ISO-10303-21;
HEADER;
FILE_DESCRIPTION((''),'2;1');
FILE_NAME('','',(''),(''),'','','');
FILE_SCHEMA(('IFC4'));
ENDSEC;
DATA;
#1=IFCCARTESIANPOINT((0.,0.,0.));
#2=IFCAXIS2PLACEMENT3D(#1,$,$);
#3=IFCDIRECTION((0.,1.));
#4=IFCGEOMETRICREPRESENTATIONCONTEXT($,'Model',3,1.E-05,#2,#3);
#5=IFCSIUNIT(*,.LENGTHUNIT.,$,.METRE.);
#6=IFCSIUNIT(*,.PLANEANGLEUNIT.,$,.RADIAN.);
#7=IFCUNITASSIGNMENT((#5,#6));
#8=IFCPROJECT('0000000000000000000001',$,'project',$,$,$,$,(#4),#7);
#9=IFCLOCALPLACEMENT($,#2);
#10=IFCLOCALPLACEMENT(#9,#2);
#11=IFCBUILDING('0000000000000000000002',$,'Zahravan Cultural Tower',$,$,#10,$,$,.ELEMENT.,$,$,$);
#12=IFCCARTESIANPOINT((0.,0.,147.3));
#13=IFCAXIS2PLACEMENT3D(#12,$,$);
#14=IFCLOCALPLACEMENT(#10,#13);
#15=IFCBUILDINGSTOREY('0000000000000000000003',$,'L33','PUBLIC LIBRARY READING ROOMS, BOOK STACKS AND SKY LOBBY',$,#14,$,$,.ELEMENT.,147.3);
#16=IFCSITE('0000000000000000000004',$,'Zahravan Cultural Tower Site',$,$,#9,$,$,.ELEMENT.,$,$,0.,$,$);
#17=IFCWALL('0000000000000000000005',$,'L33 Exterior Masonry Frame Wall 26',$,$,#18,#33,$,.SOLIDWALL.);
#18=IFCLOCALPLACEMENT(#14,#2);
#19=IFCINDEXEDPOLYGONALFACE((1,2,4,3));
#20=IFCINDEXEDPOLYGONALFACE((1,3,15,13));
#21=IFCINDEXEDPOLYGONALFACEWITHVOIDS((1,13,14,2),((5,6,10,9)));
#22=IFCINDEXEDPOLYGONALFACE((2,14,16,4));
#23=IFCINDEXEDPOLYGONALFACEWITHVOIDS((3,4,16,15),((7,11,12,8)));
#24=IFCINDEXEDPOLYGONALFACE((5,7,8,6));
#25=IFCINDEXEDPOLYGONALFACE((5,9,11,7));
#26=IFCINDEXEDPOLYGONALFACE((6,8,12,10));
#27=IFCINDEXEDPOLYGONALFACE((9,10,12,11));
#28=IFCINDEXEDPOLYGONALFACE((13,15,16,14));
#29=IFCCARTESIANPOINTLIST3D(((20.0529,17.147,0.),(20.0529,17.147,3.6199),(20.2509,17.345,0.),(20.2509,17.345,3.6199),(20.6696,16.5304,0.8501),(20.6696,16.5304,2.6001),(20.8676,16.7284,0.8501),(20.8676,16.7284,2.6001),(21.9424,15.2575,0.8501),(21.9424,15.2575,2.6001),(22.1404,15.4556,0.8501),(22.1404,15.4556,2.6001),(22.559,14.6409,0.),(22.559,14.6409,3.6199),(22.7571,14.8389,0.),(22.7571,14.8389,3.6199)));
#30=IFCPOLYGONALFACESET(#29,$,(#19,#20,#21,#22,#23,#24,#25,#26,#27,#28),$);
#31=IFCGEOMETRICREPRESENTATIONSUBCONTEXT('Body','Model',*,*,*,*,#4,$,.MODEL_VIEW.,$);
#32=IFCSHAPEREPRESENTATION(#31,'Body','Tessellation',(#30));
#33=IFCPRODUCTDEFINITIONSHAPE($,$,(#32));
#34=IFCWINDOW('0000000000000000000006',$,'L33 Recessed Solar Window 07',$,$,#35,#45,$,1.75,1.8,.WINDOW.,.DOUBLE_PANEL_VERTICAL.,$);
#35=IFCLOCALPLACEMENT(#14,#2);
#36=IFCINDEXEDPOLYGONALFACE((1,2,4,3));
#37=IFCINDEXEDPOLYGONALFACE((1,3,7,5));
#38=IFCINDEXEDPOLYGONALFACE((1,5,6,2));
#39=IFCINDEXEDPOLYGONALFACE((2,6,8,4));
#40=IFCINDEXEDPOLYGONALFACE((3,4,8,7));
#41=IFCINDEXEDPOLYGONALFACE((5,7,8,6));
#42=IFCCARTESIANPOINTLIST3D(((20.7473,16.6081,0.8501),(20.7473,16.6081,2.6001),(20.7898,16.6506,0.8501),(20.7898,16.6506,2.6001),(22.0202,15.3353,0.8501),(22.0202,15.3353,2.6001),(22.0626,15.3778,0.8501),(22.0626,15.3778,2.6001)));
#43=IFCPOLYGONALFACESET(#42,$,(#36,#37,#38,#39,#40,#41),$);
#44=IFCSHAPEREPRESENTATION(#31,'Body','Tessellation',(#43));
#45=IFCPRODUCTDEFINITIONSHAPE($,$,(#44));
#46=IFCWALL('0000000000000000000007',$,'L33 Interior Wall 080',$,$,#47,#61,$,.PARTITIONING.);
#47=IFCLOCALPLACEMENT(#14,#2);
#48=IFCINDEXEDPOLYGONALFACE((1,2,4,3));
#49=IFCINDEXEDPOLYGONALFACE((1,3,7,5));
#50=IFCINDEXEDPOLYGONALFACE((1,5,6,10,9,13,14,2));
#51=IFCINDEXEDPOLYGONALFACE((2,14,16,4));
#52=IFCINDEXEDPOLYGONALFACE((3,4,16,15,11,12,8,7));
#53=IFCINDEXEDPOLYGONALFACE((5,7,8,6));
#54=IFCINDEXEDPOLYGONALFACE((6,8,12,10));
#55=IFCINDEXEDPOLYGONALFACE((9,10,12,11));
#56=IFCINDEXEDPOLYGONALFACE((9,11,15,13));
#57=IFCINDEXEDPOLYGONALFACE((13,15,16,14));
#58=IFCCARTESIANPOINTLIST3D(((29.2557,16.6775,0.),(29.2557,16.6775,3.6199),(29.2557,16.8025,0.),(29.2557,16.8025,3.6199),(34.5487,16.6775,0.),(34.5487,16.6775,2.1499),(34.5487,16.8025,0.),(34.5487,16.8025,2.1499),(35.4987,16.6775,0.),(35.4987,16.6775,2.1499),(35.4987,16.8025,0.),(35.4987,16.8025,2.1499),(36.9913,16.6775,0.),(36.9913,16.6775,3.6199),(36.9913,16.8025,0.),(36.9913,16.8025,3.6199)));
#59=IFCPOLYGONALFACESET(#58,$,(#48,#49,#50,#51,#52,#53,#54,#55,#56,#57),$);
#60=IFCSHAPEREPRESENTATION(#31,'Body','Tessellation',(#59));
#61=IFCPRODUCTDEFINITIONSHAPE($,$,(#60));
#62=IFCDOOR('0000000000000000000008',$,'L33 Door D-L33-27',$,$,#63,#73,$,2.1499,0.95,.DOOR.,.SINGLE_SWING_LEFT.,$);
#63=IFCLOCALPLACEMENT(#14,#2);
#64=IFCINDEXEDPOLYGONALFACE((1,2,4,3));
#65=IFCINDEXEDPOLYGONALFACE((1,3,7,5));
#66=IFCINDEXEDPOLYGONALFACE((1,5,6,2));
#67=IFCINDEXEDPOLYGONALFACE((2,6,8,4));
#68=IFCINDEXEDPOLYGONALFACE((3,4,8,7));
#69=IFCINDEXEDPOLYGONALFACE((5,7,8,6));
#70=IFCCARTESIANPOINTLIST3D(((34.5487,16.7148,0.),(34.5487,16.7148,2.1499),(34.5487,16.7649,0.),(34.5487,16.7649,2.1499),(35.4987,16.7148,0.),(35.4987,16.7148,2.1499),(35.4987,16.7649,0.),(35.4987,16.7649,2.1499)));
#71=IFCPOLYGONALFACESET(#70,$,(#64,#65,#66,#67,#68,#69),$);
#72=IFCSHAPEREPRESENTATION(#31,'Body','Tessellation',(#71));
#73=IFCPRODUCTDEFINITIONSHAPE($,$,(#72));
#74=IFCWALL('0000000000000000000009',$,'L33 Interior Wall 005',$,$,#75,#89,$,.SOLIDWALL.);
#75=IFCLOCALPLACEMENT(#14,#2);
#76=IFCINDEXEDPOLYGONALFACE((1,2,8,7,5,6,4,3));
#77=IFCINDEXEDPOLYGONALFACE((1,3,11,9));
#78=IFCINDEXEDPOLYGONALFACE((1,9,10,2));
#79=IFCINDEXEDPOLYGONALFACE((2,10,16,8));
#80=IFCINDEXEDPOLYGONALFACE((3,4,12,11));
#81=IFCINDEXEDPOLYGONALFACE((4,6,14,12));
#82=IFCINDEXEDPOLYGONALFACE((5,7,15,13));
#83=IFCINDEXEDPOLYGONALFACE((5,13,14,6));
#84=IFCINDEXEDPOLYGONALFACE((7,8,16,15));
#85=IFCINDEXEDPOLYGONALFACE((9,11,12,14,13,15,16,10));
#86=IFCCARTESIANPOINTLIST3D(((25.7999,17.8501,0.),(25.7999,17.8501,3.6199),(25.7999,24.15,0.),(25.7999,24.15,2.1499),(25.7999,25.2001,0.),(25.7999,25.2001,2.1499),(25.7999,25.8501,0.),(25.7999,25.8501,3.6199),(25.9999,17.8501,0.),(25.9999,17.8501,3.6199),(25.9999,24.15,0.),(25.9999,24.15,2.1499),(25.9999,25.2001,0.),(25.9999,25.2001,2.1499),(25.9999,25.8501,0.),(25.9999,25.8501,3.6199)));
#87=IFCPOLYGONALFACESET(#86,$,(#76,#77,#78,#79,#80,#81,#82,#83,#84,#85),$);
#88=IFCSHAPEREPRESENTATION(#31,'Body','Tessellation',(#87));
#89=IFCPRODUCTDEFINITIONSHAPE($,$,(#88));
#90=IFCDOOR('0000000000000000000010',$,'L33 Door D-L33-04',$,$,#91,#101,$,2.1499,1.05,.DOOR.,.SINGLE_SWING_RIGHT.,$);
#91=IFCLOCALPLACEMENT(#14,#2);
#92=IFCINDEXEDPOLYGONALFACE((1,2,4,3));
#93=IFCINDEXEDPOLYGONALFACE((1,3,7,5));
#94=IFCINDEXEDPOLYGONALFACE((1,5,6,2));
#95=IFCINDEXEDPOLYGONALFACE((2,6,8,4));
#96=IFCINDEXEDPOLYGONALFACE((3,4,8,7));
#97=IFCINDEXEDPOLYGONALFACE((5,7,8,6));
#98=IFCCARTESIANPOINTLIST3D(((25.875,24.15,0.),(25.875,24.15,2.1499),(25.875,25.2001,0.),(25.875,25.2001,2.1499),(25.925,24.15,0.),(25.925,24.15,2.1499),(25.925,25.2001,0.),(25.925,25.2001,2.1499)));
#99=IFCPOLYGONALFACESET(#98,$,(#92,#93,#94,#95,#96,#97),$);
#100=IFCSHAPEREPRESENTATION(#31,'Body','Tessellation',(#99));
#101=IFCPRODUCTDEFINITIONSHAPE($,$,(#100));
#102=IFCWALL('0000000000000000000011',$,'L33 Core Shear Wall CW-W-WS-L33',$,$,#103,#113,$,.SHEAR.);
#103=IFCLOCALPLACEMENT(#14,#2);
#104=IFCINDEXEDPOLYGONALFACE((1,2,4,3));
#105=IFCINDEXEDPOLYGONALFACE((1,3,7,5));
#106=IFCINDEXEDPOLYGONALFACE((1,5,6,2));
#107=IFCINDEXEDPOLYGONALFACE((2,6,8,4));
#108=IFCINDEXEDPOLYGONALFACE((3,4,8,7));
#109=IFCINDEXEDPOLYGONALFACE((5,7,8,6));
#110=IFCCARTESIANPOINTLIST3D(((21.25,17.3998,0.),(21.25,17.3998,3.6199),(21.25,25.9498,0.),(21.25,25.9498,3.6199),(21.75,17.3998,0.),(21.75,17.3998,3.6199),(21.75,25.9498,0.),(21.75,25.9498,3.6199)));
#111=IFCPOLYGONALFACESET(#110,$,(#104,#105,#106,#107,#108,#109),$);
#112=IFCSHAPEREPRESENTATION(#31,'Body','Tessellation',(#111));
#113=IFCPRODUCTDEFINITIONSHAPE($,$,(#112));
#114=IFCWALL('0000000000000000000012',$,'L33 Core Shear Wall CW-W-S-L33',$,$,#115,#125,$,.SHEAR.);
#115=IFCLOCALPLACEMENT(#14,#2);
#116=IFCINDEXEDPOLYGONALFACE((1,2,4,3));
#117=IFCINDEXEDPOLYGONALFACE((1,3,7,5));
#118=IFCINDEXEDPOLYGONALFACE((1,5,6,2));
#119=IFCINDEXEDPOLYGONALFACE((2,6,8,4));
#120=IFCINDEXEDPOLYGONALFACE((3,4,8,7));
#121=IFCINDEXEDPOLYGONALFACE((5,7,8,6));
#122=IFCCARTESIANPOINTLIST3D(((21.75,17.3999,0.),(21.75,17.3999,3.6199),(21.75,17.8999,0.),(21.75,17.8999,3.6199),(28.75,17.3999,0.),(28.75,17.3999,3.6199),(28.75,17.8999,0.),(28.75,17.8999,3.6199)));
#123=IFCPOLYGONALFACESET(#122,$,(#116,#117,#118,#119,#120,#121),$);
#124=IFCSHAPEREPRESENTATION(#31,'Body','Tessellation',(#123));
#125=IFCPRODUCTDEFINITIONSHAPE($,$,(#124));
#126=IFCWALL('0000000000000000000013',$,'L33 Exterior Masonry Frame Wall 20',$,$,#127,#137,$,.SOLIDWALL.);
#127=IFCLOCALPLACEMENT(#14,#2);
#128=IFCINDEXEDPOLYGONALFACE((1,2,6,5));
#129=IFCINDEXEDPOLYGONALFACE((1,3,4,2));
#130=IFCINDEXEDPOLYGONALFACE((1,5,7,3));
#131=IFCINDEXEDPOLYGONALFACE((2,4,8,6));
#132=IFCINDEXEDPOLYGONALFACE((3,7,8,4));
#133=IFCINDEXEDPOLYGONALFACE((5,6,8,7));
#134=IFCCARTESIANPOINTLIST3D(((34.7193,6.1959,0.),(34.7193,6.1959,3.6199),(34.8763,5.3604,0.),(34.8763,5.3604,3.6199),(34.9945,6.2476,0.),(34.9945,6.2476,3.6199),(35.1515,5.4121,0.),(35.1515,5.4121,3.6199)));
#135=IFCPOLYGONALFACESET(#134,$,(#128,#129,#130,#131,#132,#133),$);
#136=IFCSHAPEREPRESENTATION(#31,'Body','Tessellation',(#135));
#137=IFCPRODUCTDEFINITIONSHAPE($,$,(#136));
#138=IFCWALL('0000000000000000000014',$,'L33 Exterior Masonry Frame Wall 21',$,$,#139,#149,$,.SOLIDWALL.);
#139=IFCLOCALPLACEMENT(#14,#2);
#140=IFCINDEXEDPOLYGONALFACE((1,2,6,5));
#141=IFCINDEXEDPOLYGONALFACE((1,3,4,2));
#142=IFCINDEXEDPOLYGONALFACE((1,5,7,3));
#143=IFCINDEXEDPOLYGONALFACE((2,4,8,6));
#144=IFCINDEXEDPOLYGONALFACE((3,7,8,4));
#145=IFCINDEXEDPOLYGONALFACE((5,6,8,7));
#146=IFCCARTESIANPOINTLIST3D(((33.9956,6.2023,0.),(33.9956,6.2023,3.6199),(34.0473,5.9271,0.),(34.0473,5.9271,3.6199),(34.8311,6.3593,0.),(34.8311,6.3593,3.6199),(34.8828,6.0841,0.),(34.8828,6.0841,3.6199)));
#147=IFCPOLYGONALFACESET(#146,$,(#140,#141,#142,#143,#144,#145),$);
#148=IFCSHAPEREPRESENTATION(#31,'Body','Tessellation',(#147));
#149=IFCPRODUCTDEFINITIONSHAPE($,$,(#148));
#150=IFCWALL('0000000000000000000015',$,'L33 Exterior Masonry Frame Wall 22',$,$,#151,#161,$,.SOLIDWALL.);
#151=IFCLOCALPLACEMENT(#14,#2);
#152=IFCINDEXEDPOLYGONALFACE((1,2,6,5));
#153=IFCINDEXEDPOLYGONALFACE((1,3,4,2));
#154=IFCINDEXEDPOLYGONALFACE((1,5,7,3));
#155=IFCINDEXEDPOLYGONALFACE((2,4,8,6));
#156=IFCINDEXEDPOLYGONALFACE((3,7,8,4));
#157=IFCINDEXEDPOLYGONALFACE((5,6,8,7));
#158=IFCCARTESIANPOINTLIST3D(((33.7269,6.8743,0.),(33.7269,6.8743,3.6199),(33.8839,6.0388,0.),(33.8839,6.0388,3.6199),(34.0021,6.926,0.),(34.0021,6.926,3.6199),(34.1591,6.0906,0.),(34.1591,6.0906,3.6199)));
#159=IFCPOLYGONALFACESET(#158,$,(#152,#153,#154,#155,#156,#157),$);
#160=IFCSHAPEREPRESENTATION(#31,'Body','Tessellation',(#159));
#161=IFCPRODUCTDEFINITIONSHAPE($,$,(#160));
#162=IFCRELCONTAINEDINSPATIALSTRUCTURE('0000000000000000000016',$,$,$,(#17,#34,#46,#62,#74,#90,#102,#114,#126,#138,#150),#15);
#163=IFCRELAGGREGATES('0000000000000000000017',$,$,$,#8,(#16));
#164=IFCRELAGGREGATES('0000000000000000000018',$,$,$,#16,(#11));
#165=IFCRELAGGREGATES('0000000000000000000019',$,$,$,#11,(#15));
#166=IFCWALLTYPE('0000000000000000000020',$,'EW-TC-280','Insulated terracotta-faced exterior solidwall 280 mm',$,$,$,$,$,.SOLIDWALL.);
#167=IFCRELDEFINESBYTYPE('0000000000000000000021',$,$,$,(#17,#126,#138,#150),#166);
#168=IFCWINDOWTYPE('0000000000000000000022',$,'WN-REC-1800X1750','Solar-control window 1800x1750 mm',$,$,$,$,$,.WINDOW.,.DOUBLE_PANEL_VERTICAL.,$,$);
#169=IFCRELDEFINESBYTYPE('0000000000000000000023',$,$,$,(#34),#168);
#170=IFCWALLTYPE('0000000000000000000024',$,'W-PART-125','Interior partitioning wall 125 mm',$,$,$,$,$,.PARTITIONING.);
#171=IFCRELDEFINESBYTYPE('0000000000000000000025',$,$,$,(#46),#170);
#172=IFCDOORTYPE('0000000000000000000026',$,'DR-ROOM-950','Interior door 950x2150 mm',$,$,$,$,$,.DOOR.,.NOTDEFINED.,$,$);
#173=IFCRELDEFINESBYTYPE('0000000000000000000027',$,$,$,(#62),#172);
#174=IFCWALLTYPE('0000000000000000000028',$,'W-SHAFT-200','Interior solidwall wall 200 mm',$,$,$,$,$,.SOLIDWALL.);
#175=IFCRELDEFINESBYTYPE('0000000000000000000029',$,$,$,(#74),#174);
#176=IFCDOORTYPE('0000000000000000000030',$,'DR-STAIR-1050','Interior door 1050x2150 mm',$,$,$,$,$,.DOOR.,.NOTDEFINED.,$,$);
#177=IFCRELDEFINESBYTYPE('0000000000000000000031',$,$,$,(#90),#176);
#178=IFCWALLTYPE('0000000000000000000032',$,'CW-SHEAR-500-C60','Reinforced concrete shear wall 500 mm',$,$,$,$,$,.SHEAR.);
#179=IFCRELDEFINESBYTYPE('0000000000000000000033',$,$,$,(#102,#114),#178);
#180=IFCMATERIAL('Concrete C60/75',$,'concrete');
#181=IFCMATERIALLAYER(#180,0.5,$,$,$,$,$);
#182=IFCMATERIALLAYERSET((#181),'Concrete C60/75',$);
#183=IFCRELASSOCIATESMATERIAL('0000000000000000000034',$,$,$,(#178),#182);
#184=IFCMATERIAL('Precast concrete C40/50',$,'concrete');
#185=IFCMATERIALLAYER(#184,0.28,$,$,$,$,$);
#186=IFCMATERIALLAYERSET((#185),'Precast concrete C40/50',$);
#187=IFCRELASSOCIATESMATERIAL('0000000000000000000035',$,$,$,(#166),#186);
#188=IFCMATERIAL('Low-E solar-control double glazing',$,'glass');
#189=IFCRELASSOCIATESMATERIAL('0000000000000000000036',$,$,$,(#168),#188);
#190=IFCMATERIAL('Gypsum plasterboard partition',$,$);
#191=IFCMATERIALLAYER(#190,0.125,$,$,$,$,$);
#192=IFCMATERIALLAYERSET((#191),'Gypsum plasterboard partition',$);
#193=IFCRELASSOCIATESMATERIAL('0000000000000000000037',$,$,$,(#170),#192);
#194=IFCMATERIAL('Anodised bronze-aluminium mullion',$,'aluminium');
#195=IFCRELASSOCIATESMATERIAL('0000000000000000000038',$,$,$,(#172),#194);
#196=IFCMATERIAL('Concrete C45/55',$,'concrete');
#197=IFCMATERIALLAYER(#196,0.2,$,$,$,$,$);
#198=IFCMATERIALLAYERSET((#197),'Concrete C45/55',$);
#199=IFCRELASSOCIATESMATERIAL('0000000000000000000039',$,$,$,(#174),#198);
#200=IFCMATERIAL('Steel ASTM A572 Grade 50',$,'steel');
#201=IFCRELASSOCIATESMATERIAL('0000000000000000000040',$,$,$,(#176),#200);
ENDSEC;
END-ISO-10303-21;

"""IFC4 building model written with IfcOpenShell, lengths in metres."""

from ifc_helpers import new_model, si_unit, direction, frame, frame_2d, origin, place, context, subcontext, project, spatial, rectangle, extrude, source, transform, mapped, material, layer, layer_set, type_object, element, fill, save


model = new_model("IFC4")

# Units and contexts
model_context = context("Model", 3, precision=1e-05, world=origin(), true_north=direction((0.0, 1.0)))
body_context = subcontext(model_context, "Body", "Model", "MODEL_VIEW")
ifc_project = project(units=[si_unit("LENGTHUNIT", "METRE"), si_unit("PLANEANGLEUNIT", "RADIAN")], contexts=[model_context])

# Site, building, storey
site_placement = place(None, origin())
site = spatial("IfcSite", under=ifc_project, at=site_placement, Name="Zahravan Cultural Tower Site", CompositionType="ELEMENT", RefElevation=0.0)
building_placement = place(site_placement, origin())
building = spatial("IfcBuilding", under=site, at=building_placement, Name="Zahravan Cultural Tower", CompositionType="ELEMENT")
storey_placement = place(building_placement, frame((0.0, 0.0, 147.3)))
storey = spatial("IfcBuildingStorey", under=building, at=storey_placement, Name="L33", Description="PUBLIC LIBRARY READING ROOMS, BOOK STACKS AND SKY LOBBY", CompositionType="ELEMENT", Elevation=147.3)

# Shared definitions
ifc_material_1 = material(Name="Concrete C60/75", Category="concrete")
ifc_layer_1 = layer(ifc_material_1, 0.5)
ifc_layer_set_1 = layer_set([ifc_layer_1], Name="Concrete C60/75")
wall_type_1 = type_object("IfcWallType", Name="CW-SHEAR-500-C60", Description="Reinforced concrete shear wall 500 mm", PredefinedType="SHEAR", material=ifc_layer_set_1)
ifc_material_2 = material(Name="Steel ASTM A572 Grade 50", Category="steel")

# Wall, opening, window
ifc_material_3 = material(Name="Precast concrete C40/50", Category="concrete")
ifc_layer_2 = layer(ifc_material_3, 0.28)
ifc_layer_set_2 = layer_set([ifc_layer_2], Name="Precast concrete C40/50")
wall_type_2 = type_object("IfcWallType", Name="EW-TC-280", Description="Insulated terracotta-faced exterior solidwall 280 mm", PredefinedType="SOLIDWALL", material=ifc_layer_set_2)
ifc_material_4 = material(Name="Low-E solar-control double glazing", Category="glass")
window_type = type_object("IfcWindowType", Name="WN-REC-1800X1750", Description="Solar-control window 1800x1750 mm", PartitioningType="DOUBLE_PANEL_VERTICAL", PredefinedType="WINDOW", material=ifc_material_4)
shared_shape_1 = source(origin(), body_context, "Body", "SweptSolid", [
    extrude(rectangle(XDim=1.8, YDim=1.75, at=frame_2d((0.8999, 0.875))), frame((0.0, 0.03, 0.0), z_axis=(0.0, -1.0, 0.0), x_axis=(1.0, 0.0, 0.0)), (0.0, 0.0, 1.0), 0.0601),
])
wall_1_placement = place(storey_placement, frame((22.658, 14.74, 0.0), z_axis=(0.0, 0.0, 1.0), x_axis=(-0.707107, 0.707107, 0.0)))
wall_1 = element("IfcWall", 1, at=wall_1_placement, inside=storey, type_object=wall_type_2, Name="L33 Exterior Masonry Frame Wall 26", PredefinedType="SOLIDWALL", context=body_context, shape_type="SweptSolid", body=[
    extrude(rectangle(XDim=3.5442, YDim=0.28, at=frame_2d((1.772, 0.0))), origin(), (0.0, 0.0, 1.0), 3.6199),
])
opening_1_placement = place(wall_1_placement, frame((0.8721, 0.0, 0.8501)))
opening_1 = element("IfcOpeningElement", 2, at=opening_1_placement, cuts=wall_1, PredefinedType="OPENING", context=body_context, shape_type="SweptSolid", body=[
    extrude(rectangle(XDim=1.8, YDim=1.75, at=frame_2d((0.8999, 0.875))), frame((0.0, 0.1499, 0.0), z_axis=(0.0, -1.0, 0.0), x_axis=(1.0, 0.0, 0.0)), (0.0, 0.0, 1.0), 0.3),
])
window_1_placement = place(opening_1_placement, origin())
window_1 = element("IfcWindow", 3, at=window_1_placement, inside=storey, type_object=window_type, Name="L33 Recessed Solar Window 07", OverallHeight=1.75, OverallWidth=1.8, PartitioningType="DOUBLE_PANEL_VERTICAL", PredefinedType="WINDOW", context=body_context, shape_type="MappedRepresentation", body=[
    mapped(shared_shape_1, transform((0.0, 0.0, 0.0), x_axis=(1.0, 0.0, 0.0), y_axis=(0.0, 1.0, 0.0), z_axis=(0.0, 0.0, 1.0), scale=1.0)),
])
fill(opening_1, window_1)

# Walls, openings, doors
ifc_material_5 = material(Name="Gypsum plasterboard partition")
ifc_layer_3 = layer(ifc_material_5, 0.125)
ifc_layer_set_3 = layer_set([ifc_layer_3], Name="Gypsum plasterboard partition")
wall_type_3 = type_object("IfcWallType", Name="W-PART-125", Description="Interior partitioning wall 125 mm", PredefinedType="PARTITIONING", material=ifc_layer_set_3)
wall_2_placement = place(storey_placement, frame((29.2559, 16.74, 0.0), z_axis=(0.0, 0.0, 1.0), x_axis=(1.0, 0.0, 0.0)))
wall_2 = element("IfcWall", 4, at=wall_2_placement, inside=storey, type_object=wall_type_3, Name="L33 Interior Wall 080", PredefinedType="PARTITIONING", context=body_context, shape_type="SweptSolid", body=[
    extrude(rectangle(XDim=7.7356, YDim=0.125, at=frame_2d((3.8677, 0.0))), origin(), (0.0, 0.0, 1.0), 3.6199),
])
opening_2_placement = place(wall_2_placement, frame((5.2927, 0.0, 0.0)))
opening_2 = element("IfcOpeningElement", 5, at=opening_2_placement, cuts=wall_2, PredefinedType="OPENING", context=body_context, shape_type="SweptSolid", body=[
    extrude(rectangle(XDim=0.95, YDim=2.1499, at=frame_2d((0.4751, 1.075))), frame((0.0, 0.0725, 0.0), z_axis=(0.0, -1.0, 0.0), x_axis=(1.0, 0.0, 0.0)), (0.0, 0.0, 1.0), 0.145),
])
ifc_material_6 = material(Name="Anodised bronze-aluminium mullion", Category="aluminium")
door_type_1 = type_object("IfcDoorType", Name="DR-ROOM-950", Description="Interior door 950x2150 mm", OperationType="NOTDEFINED", PredefinedType="DOOR", material=ifc_material_6)
shared_shape_2 = source(origin(), body_context, "Body", "SweptSolid", [
    extrude(rectangle(XDim=0.95, YDim=2.1499, at=frame_2d((0.4751, 1.075))), frame((0.0, 0.0249, 0.0), z_axis=(0.0, -1.0, 0.0), x_axis=(1.0, 0.0, 0.0)), (0.0, 0.0, 1.0), 0.05),
])
door_1_placement = place(opening_2_placement, origin())
door_1 = element("IfcDoor", 6, at=door_1_placement, inside=storey, type_object=door_type_1, Name="L33 Door D-L33-27", OperationType="SINGLE_SWING_LEFT", OverallHeight=2.1499, OverallWidth=0.95, PredefinedType="DOOR", context=body_context, shape_type="MappedRepresentation", body=[
    mapped(shared_shape_2, transform((0.0, 0.0, 0.0), x_axis=(1.0, 0.0, 0.0), y_axis=(0.0, 1.0, 0.0), z_axis=(0.0, 0.0, 1.0), scale=1.0)),
])
fill(opening_2, door_1)
ifc_material_7 = material(Name="Concrete C45/55", Category="concrete")
ifc_layer_4 = layer(ifc_material_7, 0.2)
ifc_layer_set_4 = layer_set([ifc_layer_4], Name="Concrete C45/55")
wall_type_4 = type_object("IfcWallType", Name="W-SHAFT-200", Description="Interior solidwall wall 200 mm", PredefinedType="SOLIDWALL", material=ifc_layer_set_4)
wall_3_placement = place(storey_placement, frame((25.8999, 17.8501, 0.0), z_axis=(0.0, 0.0, 1.0), x_axis=(0.0, 1.0, 0.0)))
wall_3 = element("IfcWall", 7, at=wall_3_placement, inside=storey, type_object=wall_type_4, Name="L33 Interior Wall 005", PredefinedType="SOLIDWALL", context=body_context, shape_type="SweptSolid", body=[
    extrude(rectangle(XDim=8.0, YDim=0.2, at=frame_2d((4.0, 0.0))), origin(), (0.0, 0.0, 1.0), 3.6199),
])
opening_3_placement = place(wall_3_placement, frame((6.3, 0.0, 0.0)))
opening_3 = element("IfcOpeningElement", 8, at=opening_3_placement, cuts=wall_3, PredefinedType="OPENING", context=body_context, shape_type="SweptSolid", body=[
    extrude(rectangle(XDim=1.05, YDim=2.1499, at=frame_2d((0.5249, 1.075))), frame((0.0, 0.1099, 0.0), z_axis=(0.0, -1.0, 0.0), x_axis=(1.0, 0.0, 0.0)), (0.0, 0.0, 1.0), 0.22),
])
door_type_2 = type_object("IfcDoorType", Name="DR-STAIR-1050", Description="Interior door 1050x2150 mm", OperationType="NOTDEFINED", PredefinedType="DOOR", material=ifc_material_2)
shared_shape_3 = source(origin(), body_context, "Body", "SweptSolid", [
    extrude(rectangle(XDim=1.05, YDim=2.1499, at=frame_2d((0.5249, 1.075))), frame((0.0, 0.0249, 0.0), z_axis=(0.0, -1.0, 0.0), x_axis=(1.0, 0.0, 0.0)), (0.0, 0.0, 1.0), 0.05),
])
door_2_placement = place(opening_3_placement, origin())
door_2 = element("IfcDoor", 9, at=door_2_placement, inside=storey, type_object=door_type_2, Name="L33 Door D-L33-04", OperationType="SINGLE_SWING_RIGHT", OverallHeight=2.1499, OverallWidth=1.05, PredefinedType="DOOR", context=body_context, shape_type="MappedRepresentation", body=[
    mapped(shared_shape_3, transform((0.0, 0.0, 0.0), x_axis=(1.0, 0.0, 0.0), y_axis=(0.0, 1.0, 0.0), z_axis=(0.0, 0.0, 1.0), scale=1.0)),
])
fill(opening_3, door_2)

# Walls
shared_shape_4 = source(origin(), body_context, "Body", "SweptSolid", [
    extrude(rectangle(XDim=8.55, YDim=0.5, at=frame_2d((4.2749, 0.0))), origin(), (0.0, 0.0, 1.0), 3.6199),
])
wall_4_placement = place(storey_placement, frame((21.5, 17.3999, 0.0), z_axis=(0.0, 0.0, 1.0), x_axis=(0.0, 1.0, 0.0)))
element("IfcWall", 10, at=wall_4_placement, inside=storey, type_object=wall_type_1, Name="L33 Core Shear Wall CW-W-WS-L33", PredefinedType="SHEAR", context=body_context, shape_type="MappedRepresentation", body=[
    mapped(shared_shape_4, transform((0.0, 0.0, 0.0), x_axis=(1.0, 0.0, 0.0), y_axis=(0.0, 1.0, 0.0), z_axis=(0.0, 0.0, 1.0), scale=1.0)),
])
shared_shape_5 = source(origin(), body_context, "Body", "SweptSolid", [
    extrude(rectangle(XDim=7.0, YDim=0.5, at=frame_2d((3.5, 0.0))), origin(), (0.0, 0.0, 1.0), 3.6199),
])
wall_5_placement = place(storey_placement, frame((21.75, 17.6499, 0.0), z_axis=(0.0, 0.0, 1.0), x_axis=(1.0, 0.0, 0.0)))
element("IfcWall", 11, at=wall_5_placement, inside=storey, type_object=wall_type_1, Name="L33 Core Shear Wall CW-W-S-L33", PredefinedType="SHEAR", context=body_context, shape_type="MappedRepresentation", body=[
    mapped(shared_shape_5, transform((0.0, 0.0, 0.0), x_axis=(1.0, 0.0, 0.0), y_axis=(0.0, 1.0, 0.0), z_axis=(0.0, 0.0, 1.0), scale=1.0)),
])
shared_shape_6 = source(origin(), body_context, "Body", "SweptSolid", [
    extrude(rectangle(XDim=0.8501, YDim=0.28, at=frame_2d((0.425, 0.0))), origin(), (0.0, 0.0, 1.0), 3.6199),
])
for number, where, z_axis, x_axis, name in (
    (12, (35.0139, 5.3862, 0.0), (0.0, 0.0, 1.0), (-0.18467, 0.982801, 0.0), "L33 Exterior Masonry Frame Wall 20"),
    (13, (34.8569, 6.2217, 0.0), (0.0, 0.0, 1.0), (-0.982801, -0.18467, 0.0), "L33 Exterior Masonry Frame Wall 21"),
    (14, (34.0215, 6.0647, 0.0), (0.0, 0.0, 1.0), (-0.18467, 0.982801, 0.0), "L33 Exterior Masonry Frame Wall 22"),
):
    element("IfcWall", number, at=place(storey_placement, frame(where, z_axis=z_axis, x_axis=x_axis)), inside=storey, type_object=wall_type_2, Name=name, PredefinedType="SOLIDWALL", context=body_context, shape_type="MappedRepresentation", body=[
        mapped(shared_shape_6, transform((0.0, 0.0, 0.0), x_axis=(1.0, 0.0, 0.0), y_axis=(0.0, 1.0, 0.0), z_axis=(0.0, 0.0, 1.0), scale=1.0)),
    ])

save(model, "model.ifc")
